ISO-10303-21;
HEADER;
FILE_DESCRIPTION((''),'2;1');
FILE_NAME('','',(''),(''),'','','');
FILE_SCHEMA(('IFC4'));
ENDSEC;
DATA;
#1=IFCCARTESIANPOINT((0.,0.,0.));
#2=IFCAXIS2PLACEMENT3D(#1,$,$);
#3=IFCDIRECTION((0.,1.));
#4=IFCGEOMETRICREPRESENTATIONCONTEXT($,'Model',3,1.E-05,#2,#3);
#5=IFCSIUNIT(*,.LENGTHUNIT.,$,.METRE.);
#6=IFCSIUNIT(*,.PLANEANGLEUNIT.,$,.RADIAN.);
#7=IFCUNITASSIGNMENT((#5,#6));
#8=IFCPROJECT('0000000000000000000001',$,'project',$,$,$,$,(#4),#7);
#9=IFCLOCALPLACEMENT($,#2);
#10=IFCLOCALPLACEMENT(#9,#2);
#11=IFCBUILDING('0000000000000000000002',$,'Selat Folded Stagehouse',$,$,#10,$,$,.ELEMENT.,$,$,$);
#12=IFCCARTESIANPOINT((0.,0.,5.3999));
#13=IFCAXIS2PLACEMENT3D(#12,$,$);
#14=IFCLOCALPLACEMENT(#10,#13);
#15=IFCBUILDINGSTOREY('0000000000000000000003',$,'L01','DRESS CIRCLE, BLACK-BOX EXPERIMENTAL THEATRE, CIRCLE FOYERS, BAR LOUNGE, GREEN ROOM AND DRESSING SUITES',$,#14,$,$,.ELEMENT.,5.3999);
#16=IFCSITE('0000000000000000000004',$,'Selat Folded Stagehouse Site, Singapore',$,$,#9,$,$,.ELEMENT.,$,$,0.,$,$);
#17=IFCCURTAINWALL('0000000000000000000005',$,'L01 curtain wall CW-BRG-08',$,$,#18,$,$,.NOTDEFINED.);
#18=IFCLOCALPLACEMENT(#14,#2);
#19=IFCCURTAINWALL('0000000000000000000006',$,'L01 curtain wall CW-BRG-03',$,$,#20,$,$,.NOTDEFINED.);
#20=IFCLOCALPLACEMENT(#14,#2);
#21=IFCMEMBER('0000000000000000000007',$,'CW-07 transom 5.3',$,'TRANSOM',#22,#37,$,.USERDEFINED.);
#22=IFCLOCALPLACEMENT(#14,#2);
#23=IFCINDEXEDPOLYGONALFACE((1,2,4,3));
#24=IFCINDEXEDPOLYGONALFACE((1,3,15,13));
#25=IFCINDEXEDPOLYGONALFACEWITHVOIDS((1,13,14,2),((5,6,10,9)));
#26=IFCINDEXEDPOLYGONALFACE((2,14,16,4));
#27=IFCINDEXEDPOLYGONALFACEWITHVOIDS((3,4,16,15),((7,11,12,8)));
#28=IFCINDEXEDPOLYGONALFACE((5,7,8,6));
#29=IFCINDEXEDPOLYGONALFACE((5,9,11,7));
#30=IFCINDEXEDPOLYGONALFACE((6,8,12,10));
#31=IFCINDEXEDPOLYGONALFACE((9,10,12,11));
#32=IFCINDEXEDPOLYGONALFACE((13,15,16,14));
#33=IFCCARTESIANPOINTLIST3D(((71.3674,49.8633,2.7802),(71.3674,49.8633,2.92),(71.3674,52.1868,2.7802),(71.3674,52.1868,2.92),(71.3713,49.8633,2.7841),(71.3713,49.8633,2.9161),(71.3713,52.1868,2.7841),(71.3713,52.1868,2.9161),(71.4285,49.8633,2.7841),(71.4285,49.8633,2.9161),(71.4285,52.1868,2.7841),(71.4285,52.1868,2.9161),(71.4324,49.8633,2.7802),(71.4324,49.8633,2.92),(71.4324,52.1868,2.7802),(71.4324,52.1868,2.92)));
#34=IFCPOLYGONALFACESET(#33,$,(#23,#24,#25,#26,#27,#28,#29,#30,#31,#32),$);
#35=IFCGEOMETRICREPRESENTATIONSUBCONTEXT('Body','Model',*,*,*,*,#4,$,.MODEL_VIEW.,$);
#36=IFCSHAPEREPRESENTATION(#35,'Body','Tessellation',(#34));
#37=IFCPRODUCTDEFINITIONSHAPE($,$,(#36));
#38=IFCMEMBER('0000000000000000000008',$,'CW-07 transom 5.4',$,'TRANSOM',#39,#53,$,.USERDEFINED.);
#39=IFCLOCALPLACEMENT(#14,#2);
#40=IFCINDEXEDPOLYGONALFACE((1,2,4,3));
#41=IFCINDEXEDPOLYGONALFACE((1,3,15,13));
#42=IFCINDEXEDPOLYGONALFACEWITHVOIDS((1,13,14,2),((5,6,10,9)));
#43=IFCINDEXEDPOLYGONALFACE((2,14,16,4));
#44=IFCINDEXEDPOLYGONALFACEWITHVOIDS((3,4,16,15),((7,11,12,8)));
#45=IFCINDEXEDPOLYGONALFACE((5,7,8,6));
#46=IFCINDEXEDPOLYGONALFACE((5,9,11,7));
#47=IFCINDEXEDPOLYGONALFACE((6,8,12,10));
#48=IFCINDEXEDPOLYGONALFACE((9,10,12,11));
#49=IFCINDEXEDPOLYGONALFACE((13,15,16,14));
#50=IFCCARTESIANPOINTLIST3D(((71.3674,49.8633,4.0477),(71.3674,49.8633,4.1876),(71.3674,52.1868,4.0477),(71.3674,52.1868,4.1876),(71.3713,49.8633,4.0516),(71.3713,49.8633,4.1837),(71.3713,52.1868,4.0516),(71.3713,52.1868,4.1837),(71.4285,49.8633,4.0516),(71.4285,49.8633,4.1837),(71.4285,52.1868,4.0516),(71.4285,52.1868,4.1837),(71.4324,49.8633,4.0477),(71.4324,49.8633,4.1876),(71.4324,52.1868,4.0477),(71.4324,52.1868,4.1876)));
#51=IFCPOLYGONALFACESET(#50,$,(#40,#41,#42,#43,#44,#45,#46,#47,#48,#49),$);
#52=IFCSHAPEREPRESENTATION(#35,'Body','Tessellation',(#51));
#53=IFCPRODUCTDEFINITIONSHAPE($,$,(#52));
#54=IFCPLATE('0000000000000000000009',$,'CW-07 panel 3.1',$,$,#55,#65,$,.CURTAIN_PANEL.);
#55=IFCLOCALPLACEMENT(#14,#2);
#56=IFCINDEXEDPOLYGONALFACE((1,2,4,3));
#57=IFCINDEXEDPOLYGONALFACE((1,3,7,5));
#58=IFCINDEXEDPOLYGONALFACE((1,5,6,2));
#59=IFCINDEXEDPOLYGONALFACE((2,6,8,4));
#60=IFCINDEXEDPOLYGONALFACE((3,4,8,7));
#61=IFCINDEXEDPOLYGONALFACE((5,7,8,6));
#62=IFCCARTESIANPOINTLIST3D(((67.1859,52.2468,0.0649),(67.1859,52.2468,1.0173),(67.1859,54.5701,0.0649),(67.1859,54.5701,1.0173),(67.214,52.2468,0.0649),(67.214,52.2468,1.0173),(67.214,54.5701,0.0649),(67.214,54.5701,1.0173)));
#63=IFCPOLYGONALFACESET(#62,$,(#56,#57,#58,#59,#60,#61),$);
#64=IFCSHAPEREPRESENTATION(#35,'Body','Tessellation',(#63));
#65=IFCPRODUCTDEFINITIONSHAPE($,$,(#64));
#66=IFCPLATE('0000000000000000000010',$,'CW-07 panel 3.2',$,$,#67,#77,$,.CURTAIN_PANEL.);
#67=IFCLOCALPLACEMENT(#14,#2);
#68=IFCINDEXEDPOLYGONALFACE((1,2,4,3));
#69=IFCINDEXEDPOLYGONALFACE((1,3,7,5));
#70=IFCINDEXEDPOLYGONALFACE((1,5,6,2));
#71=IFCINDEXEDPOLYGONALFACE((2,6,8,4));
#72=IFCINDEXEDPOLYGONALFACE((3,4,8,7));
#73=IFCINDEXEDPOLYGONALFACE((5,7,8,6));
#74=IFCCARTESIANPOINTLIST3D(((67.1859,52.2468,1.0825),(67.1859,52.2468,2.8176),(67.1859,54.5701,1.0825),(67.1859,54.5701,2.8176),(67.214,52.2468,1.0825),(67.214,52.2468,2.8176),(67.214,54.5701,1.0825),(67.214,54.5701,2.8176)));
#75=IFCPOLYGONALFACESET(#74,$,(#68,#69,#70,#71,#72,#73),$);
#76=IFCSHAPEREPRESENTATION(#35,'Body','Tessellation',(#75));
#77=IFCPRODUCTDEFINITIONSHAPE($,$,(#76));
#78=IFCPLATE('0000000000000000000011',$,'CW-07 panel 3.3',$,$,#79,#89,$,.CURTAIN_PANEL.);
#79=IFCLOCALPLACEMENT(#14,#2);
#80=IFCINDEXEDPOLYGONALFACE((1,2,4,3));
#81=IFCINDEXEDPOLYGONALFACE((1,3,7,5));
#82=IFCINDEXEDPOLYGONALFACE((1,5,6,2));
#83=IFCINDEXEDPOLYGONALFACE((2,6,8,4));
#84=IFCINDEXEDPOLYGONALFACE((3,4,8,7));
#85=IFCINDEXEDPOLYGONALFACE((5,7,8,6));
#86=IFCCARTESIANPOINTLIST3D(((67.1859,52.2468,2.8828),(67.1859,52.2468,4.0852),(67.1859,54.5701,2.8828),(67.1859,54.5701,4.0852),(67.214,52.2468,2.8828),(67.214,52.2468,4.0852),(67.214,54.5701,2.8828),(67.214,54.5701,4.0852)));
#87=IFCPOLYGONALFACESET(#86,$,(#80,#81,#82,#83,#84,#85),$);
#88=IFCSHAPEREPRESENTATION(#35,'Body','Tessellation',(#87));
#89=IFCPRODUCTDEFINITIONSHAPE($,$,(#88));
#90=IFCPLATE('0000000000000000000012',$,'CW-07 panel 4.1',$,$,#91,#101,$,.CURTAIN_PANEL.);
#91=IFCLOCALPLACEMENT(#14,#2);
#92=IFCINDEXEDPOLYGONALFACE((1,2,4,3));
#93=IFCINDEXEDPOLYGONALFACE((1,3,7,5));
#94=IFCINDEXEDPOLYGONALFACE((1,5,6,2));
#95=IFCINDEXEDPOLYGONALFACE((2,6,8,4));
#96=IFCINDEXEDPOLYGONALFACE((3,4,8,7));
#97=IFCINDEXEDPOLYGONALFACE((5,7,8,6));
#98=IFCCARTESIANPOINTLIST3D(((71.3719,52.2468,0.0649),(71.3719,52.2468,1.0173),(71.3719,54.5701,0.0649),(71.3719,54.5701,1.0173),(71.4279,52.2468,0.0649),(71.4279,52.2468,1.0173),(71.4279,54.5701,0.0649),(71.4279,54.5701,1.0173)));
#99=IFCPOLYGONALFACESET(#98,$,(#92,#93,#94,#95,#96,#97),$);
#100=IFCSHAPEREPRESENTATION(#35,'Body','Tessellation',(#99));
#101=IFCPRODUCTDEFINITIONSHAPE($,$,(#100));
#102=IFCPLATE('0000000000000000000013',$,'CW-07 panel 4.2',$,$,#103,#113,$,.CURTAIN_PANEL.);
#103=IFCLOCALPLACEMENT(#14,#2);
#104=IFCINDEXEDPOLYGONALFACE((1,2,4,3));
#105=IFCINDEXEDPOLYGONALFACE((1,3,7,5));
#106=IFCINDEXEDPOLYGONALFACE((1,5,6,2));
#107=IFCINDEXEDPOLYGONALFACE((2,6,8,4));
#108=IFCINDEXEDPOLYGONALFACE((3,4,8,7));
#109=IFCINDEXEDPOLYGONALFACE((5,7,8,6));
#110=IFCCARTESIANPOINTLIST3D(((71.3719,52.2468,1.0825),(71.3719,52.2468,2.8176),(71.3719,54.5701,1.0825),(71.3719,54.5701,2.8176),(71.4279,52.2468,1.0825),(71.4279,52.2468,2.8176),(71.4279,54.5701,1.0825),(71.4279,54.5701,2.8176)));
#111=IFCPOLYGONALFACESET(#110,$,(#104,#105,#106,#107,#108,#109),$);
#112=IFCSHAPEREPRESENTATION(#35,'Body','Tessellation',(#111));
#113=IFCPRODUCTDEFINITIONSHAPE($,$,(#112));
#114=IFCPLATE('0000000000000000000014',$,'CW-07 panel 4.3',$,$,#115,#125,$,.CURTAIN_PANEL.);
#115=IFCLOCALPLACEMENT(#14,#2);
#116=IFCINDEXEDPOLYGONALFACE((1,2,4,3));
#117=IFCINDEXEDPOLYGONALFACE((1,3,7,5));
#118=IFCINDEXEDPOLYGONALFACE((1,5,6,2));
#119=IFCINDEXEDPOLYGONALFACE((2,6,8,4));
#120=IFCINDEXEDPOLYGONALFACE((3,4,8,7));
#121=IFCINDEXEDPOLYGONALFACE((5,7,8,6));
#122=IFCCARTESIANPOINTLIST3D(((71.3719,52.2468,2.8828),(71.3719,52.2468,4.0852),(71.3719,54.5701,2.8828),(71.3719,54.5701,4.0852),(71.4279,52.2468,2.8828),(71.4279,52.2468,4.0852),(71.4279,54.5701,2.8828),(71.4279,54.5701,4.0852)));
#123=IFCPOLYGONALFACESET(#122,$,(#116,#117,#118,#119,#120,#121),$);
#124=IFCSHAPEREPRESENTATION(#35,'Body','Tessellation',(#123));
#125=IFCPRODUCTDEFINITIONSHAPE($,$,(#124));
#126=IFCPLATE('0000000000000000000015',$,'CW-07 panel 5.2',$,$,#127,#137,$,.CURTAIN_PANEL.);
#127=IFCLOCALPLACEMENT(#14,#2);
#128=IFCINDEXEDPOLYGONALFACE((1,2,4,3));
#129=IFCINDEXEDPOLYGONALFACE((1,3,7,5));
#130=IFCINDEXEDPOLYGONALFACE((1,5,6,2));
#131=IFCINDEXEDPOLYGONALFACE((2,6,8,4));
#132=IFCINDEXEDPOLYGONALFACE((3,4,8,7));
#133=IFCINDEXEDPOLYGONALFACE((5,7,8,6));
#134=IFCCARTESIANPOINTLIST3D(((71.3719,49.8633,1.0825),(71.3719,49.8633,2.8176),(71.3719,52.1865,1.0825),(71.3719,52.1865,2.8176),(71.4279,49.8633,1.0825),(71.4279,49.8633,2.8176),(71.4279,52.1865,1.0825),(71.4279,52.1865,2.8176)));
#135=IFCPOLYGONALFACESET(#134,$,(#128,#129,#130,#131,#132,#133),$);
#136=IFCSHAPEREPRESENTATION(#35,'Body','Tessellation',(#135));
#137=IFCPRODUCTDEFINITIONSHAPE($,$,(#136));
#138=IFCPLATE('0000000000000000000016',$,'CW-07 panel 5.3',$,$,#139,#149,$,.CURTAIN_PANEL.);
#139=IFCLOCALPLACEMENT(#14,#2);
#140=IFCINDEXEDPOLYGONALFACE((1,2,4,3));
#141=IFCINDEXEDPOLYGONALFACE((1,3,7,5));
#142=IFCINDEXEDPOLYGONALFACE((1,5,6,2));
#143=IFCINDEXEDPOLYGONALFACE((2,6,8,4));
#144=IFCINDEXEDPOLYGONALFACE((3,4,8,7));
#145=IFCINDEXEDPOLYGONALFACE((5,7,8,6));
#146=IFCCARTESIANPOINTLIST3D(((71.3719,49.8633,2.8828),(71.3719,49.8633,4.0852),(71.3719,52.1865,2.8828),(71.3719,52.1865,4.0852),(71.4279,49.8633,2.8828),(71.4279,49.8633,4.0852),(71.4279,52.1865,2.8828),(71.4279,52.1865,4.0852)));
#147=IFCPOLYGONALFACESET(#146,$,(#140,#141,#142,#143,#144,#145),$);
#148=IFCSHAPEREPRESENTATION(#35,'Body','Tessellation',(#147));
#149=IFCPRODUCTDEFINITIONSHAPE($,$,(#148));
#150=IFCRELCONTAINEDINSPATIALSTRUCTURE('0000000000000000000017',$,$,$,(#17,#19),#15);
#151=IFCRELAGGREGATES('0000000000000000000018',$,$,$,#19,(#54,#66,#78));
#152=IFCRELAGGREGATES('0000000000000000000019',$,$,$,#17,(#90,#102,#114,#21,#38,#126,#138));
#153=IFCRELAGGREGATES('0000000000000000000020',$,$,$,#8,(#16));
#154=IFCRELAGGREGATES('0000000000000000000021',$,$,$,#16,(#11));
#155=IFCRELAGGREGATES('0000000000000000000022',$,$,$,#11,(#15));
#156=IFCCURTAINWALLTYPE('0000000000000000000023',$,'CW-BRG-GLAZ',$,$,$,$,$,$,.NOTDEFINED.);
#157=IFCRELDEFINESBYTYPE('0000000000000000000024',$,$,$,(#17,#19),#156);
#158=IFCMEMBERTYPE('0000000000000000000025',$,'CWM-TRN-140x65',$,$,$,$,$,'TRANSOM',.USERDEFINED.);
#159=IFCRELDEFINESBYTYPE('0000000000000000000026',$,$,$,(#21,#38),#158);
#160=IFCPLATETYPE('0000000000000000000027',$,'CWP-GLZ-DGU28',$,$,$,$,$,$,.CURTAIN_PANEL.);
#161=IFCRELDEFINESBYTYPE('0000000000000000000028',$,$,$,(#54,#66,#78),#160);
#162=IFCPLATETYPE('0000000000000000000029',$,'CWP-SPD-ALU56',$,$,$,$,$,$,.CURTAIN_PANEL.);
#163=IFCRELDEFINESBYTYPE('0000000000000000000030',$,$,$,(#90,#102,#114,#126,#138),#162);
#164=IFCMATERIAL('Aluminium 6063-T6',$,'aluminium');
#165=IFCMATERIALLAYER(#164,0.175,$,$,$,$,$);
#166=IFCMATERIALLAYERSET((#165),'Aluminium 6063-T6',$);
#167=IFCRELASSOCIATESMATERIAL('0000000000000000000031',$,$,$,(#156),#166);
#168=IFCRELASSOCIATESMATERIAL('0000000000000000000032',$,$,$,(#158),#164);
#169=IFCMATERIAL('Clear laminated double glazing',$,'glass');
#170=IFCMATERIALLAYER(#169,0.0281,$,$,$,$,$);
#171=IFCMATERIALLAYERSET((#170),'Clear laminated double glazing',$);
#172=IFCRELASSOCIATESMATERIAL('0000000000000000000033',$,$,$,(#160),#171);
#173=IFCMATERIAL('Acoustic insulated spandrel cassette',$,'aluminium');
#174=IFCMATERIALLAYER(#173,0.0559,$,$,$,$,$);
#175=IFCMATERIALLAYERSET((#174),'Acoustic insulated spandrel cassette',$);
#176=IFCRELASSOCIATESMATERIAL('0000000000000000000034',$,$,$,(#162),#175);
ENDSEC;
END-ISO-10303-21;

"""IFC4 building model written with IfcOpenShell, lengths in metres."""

from ifc_helpers import new_model, si_unit, direction, frame, origin, origin_2d, place, context, subcontext, project, spatial, rectangle, hollow_rectangle, extrude, material, layer, layer_set, material_profile, profile_set, type_object, element, aggregate, save


model = new_model("IFC4")

# Units and contexts
model_context = context("Model", 3, precision=1e-05, world=origin(), true_north=direction((0.0, 1.0)))
body_context = subcontext(model_context, "Body", "Model", "MODEL_VIEW")
ifc_project = project(units=[si_unit("LENGTHUNIT", "METRE"), si_unit("PLANEANGLEUNIT", "RADIAN")], contexts=[model_context])

# Site, building, storey
site_placement = place(None, origin())
site = spatial("IfcSite", under=ifc_project, at=site_placement, Name="Selat Folded Stagehouse Site, Singapore", CompositionType="ELEMENT", RefElevation=0.0)
building_placement = place(site_placement, origin())
building = spatial("IfcBuilding", under=site, at=building_placement, Name="Selat Folded Stagehouse", CompositionType="ELEMENT")
storey_placement = place(building_placement, frame((0.0, 0.0, 5.3999)))
storey = spatial("IfcBuildingStorey", under=building, at=storey_placement, Name="L01", Description="DRESS CIRCLE, BLACK-BOX EXPERIMENTAL THEATRE, CIRCLE FOYERS, BAR LOUNGE, GREEN ROOM AND DRESSING SUITES", CompositionType="ELEMENT", Elevation=5.3999)

# Curtain wall
ifc_material_1 = material(Name="Aluminium 6063-T6", Category="aluminium")
ifc_layer_1 = layer(ifc_material_1, 0.175)
ifc_layer_set_1 = layer_set([ifc_layer_1], Name="Aluminium 6063-T6")
curtain_wall_type = type_object("IfcCurtainWallType", Name="CW-BRG-GLAZ", PredefinedType="NOTDEFINED", material=ifc_layer_set_1)
curtain_wall_1_placement = place(storey_placement, origin())
curtain_wall_1 = element("IfcCurtainWall", 1, at=curtain_wall_1_placement, inside=storey, type_object=curtain_wall_type, Name="L01 curtain wall CW-BRG-08", PredefinedType="NOTDEFINED")

# Curtain wall
curtain_wall_2_placement = place(storey_placement, origin())
curtain_wall_2 = element("IfcCurtainWall", 2, at=curtain_wall_2_placement, inside=storey, type_object=curtain_wall_type, Name="L01 curtain wall CW-BRG-03", PredefinedType="NOTDEFINED")
ifc_material_profile_1 = material_profile(ifc_material_1, hollow_rectangle(XDim=0.0649, YDim=0.1399, WallThickness=0.0039, at=origin_2d()), Name="ALU 140x65x4.0")
ifc_profile_set_1 = profile_set([ifc_material_profile_1], Name="Aluminium 6063-T6")
member_type_1 = type_object("IfcMemberType", Name="CWM-TRN-140x65", ElementType="TRANSOM", PredefinedType="USERDEFINED", material=ifc_profile_set_1)

# Members
member_1_placement = place(storey_placement, frame((71.3999, 52.1868, 2.8501), z_axis=(0.0, -1.0, 0.0), x_axis=(1.0, 0.0, 0.0)))
member_1 = element("IfcMember", 3, at=member_1_placement, type_object=member_type_1, Name="CW-07 transom 5.3", ObjectType="TRANSOM", PredefinedType="USERDEFINED", context=body_context, shape_type="SweptSolid", body=[
    extrude(hollow_rectangle(XDim=0.0649, YDim=0.1399, WallThickness=0.0039, at=origin_2d()), origin(), (0.0, 0.0, 1.0), 2.3235),
])
member_2_placement = place(storey_placement, frame((71.3999, 52.1868, 4.1177), z_axis=(0.0, -1.0, 0.0), x_axis=(1.0, 0.0, 0.0)))
member_2 = element("IfcMember", 4, at=member_2_placement, type_object=member_type_1, Name="CW-07 transom 5.4", ObjectType="TRANSOM", PredefinedType="USERDEFINED", context=body_context, shape_type="SweptSolid", body=[
    extrude(hollow_rectangle(XDim=0.0649, YDim=0.1399, WallThickness=0.0039, at=origin_2d()), origin(), (0.0, 0.0, 1.0), 2.3235),
])

# Plates
ifc_material_2 = material(Name="Clear laminated double glazing", Category="glass")
ifc_layer_2 = layer(ifc_material_2, 0.0281)
ifc_layer_set_2 = layer_set([ifc_layer_2], Name="Clear laminated double glazing")
plate_type_1 = type_object("IfcPlateType", Name="CWP-GLZ-DGU28", PredefinedType="CURTAIN_PANEL", material=ifc_layer_set_2)
plate_1_placement = place(storey_placement, frame((67.2, 53.4084, 0.0649), z_axis=(0.0, 0.0, 1.0), x_axis=(0.0, 1.0, 0.0)))
plate_1 = element("IfcPlate", 5, at=plate_1_placement, type_object=plate_type_1, Name="CW-07 panel 3.1", PredefinedType="CURTAIN_PANEL", context=body_context, shape_type="SweptSolid", body=[
    extrude(rectangle(XDim=2.3232, YDim=0.0281, at=origin_2d()), origin(), (0.0, 0.0, 1.0), 0.9524),
])
plate_2_placement = place(storey_placement, frame((67.2, 53.4084, 1.0825), z_axis=(0.0, 0.0, 1.0), x_axis=(0.0, 1.0, 0.0)))
plate_2 = element("IfcPlate", 6, at=plate_2_placement, type_object=plate_type_1, Name="CW-07 panel 3.2", PredefinedType="CURTAIN_PANEL", context=body_context, shape_type="SweptSolid", body=[
    extrude(rectangle(XDim=2.3232, YDim=0.0281, at=origin_2d()), origin(), (0.0, 0.0, 1.0), 1.7351),
])
plate_3_placement = place(storey_placement, frame((67.2, 53.4084, 2.8828), z_axis=(0.0, 0.0, 1.0), x_axis=(0.0, 1.0, 0.0)))
plate_3 = element("IfcPlate", 7, at=plate_3_placement, type_object=plate_type_1, Name="CW-07 panel 3.3", PredefinedType="CURTAIN_PANEL", context=body_context, shape_type="SweptSolid", body=[
    extrude(rectangle(XDim=2.3232, YDim=0.0281, at=origin_2d()), origin(), (0.0, 0.0, 1.0), 1.2024),
])
aggregate(curtain_wall_2, [plate_1, plate_2, plate_3])
ifc_material_3 = material(Name="Acoustic insulated spandrel cassette", Category="aluminium")
ifc_layer_3 = layer(ifc_material_3, 0.0559)
ifc_layer_set_3 = layer_set([ifc_layer_3], Name="Acoustic insulated spandrel cassette")
plate_type_2 = type_object("IfcPlateType", Name="CWP-SPD-ALU56", PredefinedType="CURTAIN_PANEL", material=ifc_layer_set_3)
plate_4_placement = place(storey_placement, frame((71.3999, 53.4084, 0.0649), z_axis=(0.0, 0.0, 1.0), x_axis=(0.0, -1.0, 0.0)))
plate_4 = element("IfcPlate", 8, at=plate_4_placement, type_object=plate_type_2, Name="CW-07 panel 4.1", PredefinedType="CURTAIN_PANEL", context=body_context, shape_type="SweptSolid", body=[
    extrude(rectangle(XDim=2.3232, YDim=0.0559, at=origin_2d()), origin(), (0.0, 0.0, 1.0), 0.9524),
])
plate_5_placement = place(storey_placement, frame((71.3999, 53.4084, 1.0825), z_axis=(0.0, 0.0, 1.0), x_axis=(0.0, -1.0, 0.0)))
plate_5 = element("IfcPlate", 9, at=plate_5_placement, type_object=plate_type_2, Name="CW-07 panel 4.2", PredefinedType="CURTAIN_PANEL", context=body_context, shape_type="SweptSolid", body=[
    extrude(rectangle(XDim=2.3232, YDim=0.0559, at=origin_2d()), origin(), (0.0, 0.0, 1.0), 1.7351),
])
plate_6_placement = place(storey_placement, frame((71.3999, 53.4084, 2.8828), z_axis=(0.0, 0.0, 1.0), x_axis=(0.0, -1.0, 0.0)))
plate_6 = element("IfcPlate", 10, at=plate_6_placement, type_object=plate_type_2, Name="CW-07 panel 4.3", PredefinedType="CURTAIN_PANEL", context=body_context, shape_type="SweptSolid", body=[
    extrude(rectangle(XDim=2.3232, YDim=0.0559, at=origin_2d()), origin(), (0.0, 0.0, 1.0), 1.2024),
])
plate_7_placement = place(storey_placement, frame((71.3999, 51.0249, 1.0825), z_axis=(0.0, 0.0, 1.0), x_axis=(0.0, -1.0, 0.0)))
plate_7 = element("IfcPlate", 11, at=plate_7_placement, type_object=plate_type_2, Name="CW-07 panel 5.2", PredefinedType="CURTAIN_PANEL", context=body_context, shape_type="SweptSolid", body=[
    extrude(rectangle(XDim=2.3232, YDim=0.0559, at=origin_2d()), origin(), (0.0, 0.0, 1.0), 1.7351),
])
plate_8_placement = place(storey_placement, frame((71.3999, 51.0249, 2.8828), z_axis=(0.0, 0.0, 1.0), x_axis=(0.0, -1.0, 0.0)))
plate_8 = element("IfcPlate", 12, at=plate_8_placement, type_object=plate_type_2, Name="CW-07 panel 5.3", PredefinedType="CURTAIN_PANEL", context=body_context, shape_type="SweptSolid", body=[
    extrude(rectangle(XDim=2.3232, YDim=0.0559, at=origin_2d()), origin(), (0.0, 0.0, 1.0), 1.2024),
])
aggregate(curtain_wall_1, [plate_4, plate_5, plate_6, member_1, member_2, plate_7, plate_8])

save(model, "model.ifc")
